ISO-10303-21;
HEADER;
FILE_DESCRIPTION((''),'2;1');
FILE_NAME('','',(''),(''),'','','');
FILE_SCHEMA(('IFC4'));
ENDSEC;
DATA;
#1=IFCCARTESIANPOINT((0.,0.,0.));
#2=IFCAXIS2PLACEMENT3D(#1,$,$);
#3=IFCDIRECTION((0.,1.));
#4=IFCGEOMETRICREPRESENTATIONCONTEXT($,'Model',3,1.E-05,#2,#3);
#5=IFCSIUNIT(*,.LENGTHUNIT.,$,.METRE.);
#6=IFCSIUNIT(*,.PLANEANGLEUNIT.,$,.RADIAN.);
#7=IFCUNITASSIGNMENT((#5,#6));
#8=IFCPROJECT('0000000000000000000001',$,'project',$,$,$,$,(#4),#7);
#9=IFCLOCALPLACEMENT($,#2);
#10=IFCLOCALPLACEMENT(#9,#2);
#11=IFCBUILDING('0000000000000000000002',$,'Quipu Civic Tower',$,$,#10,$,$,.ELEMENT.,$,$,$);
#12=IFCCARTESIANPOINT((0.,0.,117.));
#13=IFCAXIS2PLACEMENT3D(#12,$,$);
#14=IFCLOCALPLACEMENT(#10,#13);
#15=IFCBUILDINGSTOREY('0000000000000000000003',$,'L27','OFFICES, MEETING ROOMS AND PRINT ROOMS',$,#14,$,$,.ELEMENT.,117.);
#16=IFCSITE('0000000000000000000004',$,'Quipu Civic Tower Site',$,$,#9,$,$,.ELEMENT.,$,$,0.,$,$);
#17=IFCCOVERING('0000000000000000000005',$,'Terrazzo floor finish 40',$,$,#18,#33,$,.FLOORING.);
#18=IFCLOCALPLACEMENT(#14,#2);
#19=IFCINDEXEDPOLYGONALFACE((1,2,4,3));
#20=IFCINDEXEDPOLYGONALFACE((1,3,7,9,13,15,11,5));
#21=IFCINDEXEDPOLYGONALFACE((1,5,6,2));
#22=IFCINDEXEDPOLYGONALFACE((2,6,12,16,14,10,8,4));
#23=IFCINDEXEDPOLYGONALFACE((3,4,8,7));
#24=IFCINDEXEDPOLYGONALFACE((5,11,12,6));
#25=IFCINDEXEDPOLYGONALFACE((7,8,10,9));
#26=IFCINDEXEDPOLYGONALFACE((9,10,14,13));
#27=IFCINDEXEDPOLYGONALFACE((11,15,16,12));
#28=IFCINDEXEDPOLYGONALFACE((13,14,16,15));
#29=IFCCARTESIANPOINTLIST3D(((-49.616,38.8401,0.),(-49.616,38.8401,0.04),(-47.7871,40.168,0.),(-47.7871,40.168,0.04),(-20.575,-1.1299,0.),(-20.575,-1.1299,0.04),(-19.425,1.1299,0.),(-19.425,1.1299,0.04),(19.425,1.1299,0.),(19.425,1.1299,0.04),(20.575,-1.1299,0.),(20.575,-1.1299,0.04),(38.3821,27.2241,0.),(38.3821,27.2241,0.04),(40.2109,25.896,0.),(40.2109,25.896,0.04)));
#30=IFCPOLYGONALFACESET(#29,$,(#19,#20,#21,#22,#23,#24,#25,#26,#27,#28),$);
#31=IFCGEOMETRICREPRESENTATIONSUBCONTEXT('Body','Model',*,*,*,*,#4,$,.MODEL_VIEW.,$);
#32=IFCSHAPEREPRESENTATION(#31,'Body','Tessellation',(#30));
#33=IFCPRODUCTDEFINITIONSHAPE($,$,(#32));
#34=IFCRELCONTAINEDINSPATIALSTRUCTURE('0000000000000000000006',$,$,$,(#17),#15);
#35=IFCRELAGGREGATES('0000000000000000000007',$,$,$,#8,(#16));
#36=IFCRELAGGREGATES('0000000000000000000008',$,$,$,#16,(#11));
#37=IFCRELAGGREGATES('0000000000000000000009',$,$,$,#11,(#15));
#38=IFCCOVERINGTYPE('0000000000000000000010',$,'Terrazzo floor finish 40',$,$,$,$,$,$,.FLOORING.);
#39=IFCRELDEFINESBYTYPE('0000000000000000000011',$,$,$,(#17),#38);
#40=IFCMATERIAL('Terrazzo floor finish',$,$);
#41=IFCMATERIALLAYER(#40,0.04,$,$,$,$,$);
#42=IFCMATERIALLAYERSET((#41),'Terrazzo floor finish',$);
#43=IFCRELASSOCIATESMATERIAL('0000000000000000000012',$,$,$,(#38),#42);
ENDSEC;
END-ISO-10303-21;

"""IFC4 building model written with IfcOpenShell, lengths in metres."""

from ifc_helpers import new_model, si_unit, direction, frame, origin, place, context, subcontext, project, spatial, polyline, outline, extrude, material, layer, layer_set, type_object, element, save


model = new_model("IFC4")

# Units and contexts
model_context = context("Model", 3, precision=1e-05, world=origin(), true_north=direction((0.0, 1.0)))
body_context = subcontext(model_context, "Body", "Model", "MODEL_VIEW")
ifc_project = project(units=[si_unit("LENGTHUNIT", "METRE"), si_unit("PLANEANGLEUNIT", "RADIAN")], contexts=[model_context])

# Site, building, storey
site_placement = place(None, origin())
site = spatial("IfcSite", under=ifc_project, at=site_placement, Name="Quipu Civic Tower Site", CompositionType="ELEMENT", RefElevation=0.0)
building_placement = place(site_placement, origin())
building = spatial("IfcBuilding", under=site, at=building_placement, Name="Quipu Civic Tower", CompositionType="ELEMENT")
storey_placement = place(building_placement, frame((0.0, 0.0, 117.0)))
storey = spatial("IfcBuildingStorey", under=building, at=storey_placement, Name="L27", Description="OFFICES, MEETING ROOMS AND PRINT ROOMS", CompositionType="ELEMENT", Elevation=117.0)

# Covering
ifc_material_1 = material(Name="Terrazzo floor finish")
ifc_layer_1 = layer(ifc_material_1, 0.04)
ifc_layer_set_1 = layer_set([ifc_layer_1], Name="Terrazzo floor finish")
covering_type_1 = type_object("IfcCoveringType", Name="Terrazzo floor finish 40", PredefinedType="FLOORING", material=ifc_layer_set_1)
covering_1_placement = place(storey_placement, origin())
element("IfcCovering", 1, at=covering_1_placement, inside=storey, type_object=covering_type_1, Name="Terrazzo floor finish 40", PredefinedType="FLOORING", context=body_context, shape_type="SweptSolid", body=[
    extrude(outline(polyline([(38.3821, 27.2241), (40.2109, 25.896), (20.575, -1.1299), (-20.575, -1.1299), (-49.616, 38.8401), (-47.7871, 40.168), (-19.425, 1.1299), (19.425, 1.1299), (38.3821, 27.2241)])), origin(), (0.0, 0.0, 1.0), 0.04),
])

save(model, "model.ifc")
